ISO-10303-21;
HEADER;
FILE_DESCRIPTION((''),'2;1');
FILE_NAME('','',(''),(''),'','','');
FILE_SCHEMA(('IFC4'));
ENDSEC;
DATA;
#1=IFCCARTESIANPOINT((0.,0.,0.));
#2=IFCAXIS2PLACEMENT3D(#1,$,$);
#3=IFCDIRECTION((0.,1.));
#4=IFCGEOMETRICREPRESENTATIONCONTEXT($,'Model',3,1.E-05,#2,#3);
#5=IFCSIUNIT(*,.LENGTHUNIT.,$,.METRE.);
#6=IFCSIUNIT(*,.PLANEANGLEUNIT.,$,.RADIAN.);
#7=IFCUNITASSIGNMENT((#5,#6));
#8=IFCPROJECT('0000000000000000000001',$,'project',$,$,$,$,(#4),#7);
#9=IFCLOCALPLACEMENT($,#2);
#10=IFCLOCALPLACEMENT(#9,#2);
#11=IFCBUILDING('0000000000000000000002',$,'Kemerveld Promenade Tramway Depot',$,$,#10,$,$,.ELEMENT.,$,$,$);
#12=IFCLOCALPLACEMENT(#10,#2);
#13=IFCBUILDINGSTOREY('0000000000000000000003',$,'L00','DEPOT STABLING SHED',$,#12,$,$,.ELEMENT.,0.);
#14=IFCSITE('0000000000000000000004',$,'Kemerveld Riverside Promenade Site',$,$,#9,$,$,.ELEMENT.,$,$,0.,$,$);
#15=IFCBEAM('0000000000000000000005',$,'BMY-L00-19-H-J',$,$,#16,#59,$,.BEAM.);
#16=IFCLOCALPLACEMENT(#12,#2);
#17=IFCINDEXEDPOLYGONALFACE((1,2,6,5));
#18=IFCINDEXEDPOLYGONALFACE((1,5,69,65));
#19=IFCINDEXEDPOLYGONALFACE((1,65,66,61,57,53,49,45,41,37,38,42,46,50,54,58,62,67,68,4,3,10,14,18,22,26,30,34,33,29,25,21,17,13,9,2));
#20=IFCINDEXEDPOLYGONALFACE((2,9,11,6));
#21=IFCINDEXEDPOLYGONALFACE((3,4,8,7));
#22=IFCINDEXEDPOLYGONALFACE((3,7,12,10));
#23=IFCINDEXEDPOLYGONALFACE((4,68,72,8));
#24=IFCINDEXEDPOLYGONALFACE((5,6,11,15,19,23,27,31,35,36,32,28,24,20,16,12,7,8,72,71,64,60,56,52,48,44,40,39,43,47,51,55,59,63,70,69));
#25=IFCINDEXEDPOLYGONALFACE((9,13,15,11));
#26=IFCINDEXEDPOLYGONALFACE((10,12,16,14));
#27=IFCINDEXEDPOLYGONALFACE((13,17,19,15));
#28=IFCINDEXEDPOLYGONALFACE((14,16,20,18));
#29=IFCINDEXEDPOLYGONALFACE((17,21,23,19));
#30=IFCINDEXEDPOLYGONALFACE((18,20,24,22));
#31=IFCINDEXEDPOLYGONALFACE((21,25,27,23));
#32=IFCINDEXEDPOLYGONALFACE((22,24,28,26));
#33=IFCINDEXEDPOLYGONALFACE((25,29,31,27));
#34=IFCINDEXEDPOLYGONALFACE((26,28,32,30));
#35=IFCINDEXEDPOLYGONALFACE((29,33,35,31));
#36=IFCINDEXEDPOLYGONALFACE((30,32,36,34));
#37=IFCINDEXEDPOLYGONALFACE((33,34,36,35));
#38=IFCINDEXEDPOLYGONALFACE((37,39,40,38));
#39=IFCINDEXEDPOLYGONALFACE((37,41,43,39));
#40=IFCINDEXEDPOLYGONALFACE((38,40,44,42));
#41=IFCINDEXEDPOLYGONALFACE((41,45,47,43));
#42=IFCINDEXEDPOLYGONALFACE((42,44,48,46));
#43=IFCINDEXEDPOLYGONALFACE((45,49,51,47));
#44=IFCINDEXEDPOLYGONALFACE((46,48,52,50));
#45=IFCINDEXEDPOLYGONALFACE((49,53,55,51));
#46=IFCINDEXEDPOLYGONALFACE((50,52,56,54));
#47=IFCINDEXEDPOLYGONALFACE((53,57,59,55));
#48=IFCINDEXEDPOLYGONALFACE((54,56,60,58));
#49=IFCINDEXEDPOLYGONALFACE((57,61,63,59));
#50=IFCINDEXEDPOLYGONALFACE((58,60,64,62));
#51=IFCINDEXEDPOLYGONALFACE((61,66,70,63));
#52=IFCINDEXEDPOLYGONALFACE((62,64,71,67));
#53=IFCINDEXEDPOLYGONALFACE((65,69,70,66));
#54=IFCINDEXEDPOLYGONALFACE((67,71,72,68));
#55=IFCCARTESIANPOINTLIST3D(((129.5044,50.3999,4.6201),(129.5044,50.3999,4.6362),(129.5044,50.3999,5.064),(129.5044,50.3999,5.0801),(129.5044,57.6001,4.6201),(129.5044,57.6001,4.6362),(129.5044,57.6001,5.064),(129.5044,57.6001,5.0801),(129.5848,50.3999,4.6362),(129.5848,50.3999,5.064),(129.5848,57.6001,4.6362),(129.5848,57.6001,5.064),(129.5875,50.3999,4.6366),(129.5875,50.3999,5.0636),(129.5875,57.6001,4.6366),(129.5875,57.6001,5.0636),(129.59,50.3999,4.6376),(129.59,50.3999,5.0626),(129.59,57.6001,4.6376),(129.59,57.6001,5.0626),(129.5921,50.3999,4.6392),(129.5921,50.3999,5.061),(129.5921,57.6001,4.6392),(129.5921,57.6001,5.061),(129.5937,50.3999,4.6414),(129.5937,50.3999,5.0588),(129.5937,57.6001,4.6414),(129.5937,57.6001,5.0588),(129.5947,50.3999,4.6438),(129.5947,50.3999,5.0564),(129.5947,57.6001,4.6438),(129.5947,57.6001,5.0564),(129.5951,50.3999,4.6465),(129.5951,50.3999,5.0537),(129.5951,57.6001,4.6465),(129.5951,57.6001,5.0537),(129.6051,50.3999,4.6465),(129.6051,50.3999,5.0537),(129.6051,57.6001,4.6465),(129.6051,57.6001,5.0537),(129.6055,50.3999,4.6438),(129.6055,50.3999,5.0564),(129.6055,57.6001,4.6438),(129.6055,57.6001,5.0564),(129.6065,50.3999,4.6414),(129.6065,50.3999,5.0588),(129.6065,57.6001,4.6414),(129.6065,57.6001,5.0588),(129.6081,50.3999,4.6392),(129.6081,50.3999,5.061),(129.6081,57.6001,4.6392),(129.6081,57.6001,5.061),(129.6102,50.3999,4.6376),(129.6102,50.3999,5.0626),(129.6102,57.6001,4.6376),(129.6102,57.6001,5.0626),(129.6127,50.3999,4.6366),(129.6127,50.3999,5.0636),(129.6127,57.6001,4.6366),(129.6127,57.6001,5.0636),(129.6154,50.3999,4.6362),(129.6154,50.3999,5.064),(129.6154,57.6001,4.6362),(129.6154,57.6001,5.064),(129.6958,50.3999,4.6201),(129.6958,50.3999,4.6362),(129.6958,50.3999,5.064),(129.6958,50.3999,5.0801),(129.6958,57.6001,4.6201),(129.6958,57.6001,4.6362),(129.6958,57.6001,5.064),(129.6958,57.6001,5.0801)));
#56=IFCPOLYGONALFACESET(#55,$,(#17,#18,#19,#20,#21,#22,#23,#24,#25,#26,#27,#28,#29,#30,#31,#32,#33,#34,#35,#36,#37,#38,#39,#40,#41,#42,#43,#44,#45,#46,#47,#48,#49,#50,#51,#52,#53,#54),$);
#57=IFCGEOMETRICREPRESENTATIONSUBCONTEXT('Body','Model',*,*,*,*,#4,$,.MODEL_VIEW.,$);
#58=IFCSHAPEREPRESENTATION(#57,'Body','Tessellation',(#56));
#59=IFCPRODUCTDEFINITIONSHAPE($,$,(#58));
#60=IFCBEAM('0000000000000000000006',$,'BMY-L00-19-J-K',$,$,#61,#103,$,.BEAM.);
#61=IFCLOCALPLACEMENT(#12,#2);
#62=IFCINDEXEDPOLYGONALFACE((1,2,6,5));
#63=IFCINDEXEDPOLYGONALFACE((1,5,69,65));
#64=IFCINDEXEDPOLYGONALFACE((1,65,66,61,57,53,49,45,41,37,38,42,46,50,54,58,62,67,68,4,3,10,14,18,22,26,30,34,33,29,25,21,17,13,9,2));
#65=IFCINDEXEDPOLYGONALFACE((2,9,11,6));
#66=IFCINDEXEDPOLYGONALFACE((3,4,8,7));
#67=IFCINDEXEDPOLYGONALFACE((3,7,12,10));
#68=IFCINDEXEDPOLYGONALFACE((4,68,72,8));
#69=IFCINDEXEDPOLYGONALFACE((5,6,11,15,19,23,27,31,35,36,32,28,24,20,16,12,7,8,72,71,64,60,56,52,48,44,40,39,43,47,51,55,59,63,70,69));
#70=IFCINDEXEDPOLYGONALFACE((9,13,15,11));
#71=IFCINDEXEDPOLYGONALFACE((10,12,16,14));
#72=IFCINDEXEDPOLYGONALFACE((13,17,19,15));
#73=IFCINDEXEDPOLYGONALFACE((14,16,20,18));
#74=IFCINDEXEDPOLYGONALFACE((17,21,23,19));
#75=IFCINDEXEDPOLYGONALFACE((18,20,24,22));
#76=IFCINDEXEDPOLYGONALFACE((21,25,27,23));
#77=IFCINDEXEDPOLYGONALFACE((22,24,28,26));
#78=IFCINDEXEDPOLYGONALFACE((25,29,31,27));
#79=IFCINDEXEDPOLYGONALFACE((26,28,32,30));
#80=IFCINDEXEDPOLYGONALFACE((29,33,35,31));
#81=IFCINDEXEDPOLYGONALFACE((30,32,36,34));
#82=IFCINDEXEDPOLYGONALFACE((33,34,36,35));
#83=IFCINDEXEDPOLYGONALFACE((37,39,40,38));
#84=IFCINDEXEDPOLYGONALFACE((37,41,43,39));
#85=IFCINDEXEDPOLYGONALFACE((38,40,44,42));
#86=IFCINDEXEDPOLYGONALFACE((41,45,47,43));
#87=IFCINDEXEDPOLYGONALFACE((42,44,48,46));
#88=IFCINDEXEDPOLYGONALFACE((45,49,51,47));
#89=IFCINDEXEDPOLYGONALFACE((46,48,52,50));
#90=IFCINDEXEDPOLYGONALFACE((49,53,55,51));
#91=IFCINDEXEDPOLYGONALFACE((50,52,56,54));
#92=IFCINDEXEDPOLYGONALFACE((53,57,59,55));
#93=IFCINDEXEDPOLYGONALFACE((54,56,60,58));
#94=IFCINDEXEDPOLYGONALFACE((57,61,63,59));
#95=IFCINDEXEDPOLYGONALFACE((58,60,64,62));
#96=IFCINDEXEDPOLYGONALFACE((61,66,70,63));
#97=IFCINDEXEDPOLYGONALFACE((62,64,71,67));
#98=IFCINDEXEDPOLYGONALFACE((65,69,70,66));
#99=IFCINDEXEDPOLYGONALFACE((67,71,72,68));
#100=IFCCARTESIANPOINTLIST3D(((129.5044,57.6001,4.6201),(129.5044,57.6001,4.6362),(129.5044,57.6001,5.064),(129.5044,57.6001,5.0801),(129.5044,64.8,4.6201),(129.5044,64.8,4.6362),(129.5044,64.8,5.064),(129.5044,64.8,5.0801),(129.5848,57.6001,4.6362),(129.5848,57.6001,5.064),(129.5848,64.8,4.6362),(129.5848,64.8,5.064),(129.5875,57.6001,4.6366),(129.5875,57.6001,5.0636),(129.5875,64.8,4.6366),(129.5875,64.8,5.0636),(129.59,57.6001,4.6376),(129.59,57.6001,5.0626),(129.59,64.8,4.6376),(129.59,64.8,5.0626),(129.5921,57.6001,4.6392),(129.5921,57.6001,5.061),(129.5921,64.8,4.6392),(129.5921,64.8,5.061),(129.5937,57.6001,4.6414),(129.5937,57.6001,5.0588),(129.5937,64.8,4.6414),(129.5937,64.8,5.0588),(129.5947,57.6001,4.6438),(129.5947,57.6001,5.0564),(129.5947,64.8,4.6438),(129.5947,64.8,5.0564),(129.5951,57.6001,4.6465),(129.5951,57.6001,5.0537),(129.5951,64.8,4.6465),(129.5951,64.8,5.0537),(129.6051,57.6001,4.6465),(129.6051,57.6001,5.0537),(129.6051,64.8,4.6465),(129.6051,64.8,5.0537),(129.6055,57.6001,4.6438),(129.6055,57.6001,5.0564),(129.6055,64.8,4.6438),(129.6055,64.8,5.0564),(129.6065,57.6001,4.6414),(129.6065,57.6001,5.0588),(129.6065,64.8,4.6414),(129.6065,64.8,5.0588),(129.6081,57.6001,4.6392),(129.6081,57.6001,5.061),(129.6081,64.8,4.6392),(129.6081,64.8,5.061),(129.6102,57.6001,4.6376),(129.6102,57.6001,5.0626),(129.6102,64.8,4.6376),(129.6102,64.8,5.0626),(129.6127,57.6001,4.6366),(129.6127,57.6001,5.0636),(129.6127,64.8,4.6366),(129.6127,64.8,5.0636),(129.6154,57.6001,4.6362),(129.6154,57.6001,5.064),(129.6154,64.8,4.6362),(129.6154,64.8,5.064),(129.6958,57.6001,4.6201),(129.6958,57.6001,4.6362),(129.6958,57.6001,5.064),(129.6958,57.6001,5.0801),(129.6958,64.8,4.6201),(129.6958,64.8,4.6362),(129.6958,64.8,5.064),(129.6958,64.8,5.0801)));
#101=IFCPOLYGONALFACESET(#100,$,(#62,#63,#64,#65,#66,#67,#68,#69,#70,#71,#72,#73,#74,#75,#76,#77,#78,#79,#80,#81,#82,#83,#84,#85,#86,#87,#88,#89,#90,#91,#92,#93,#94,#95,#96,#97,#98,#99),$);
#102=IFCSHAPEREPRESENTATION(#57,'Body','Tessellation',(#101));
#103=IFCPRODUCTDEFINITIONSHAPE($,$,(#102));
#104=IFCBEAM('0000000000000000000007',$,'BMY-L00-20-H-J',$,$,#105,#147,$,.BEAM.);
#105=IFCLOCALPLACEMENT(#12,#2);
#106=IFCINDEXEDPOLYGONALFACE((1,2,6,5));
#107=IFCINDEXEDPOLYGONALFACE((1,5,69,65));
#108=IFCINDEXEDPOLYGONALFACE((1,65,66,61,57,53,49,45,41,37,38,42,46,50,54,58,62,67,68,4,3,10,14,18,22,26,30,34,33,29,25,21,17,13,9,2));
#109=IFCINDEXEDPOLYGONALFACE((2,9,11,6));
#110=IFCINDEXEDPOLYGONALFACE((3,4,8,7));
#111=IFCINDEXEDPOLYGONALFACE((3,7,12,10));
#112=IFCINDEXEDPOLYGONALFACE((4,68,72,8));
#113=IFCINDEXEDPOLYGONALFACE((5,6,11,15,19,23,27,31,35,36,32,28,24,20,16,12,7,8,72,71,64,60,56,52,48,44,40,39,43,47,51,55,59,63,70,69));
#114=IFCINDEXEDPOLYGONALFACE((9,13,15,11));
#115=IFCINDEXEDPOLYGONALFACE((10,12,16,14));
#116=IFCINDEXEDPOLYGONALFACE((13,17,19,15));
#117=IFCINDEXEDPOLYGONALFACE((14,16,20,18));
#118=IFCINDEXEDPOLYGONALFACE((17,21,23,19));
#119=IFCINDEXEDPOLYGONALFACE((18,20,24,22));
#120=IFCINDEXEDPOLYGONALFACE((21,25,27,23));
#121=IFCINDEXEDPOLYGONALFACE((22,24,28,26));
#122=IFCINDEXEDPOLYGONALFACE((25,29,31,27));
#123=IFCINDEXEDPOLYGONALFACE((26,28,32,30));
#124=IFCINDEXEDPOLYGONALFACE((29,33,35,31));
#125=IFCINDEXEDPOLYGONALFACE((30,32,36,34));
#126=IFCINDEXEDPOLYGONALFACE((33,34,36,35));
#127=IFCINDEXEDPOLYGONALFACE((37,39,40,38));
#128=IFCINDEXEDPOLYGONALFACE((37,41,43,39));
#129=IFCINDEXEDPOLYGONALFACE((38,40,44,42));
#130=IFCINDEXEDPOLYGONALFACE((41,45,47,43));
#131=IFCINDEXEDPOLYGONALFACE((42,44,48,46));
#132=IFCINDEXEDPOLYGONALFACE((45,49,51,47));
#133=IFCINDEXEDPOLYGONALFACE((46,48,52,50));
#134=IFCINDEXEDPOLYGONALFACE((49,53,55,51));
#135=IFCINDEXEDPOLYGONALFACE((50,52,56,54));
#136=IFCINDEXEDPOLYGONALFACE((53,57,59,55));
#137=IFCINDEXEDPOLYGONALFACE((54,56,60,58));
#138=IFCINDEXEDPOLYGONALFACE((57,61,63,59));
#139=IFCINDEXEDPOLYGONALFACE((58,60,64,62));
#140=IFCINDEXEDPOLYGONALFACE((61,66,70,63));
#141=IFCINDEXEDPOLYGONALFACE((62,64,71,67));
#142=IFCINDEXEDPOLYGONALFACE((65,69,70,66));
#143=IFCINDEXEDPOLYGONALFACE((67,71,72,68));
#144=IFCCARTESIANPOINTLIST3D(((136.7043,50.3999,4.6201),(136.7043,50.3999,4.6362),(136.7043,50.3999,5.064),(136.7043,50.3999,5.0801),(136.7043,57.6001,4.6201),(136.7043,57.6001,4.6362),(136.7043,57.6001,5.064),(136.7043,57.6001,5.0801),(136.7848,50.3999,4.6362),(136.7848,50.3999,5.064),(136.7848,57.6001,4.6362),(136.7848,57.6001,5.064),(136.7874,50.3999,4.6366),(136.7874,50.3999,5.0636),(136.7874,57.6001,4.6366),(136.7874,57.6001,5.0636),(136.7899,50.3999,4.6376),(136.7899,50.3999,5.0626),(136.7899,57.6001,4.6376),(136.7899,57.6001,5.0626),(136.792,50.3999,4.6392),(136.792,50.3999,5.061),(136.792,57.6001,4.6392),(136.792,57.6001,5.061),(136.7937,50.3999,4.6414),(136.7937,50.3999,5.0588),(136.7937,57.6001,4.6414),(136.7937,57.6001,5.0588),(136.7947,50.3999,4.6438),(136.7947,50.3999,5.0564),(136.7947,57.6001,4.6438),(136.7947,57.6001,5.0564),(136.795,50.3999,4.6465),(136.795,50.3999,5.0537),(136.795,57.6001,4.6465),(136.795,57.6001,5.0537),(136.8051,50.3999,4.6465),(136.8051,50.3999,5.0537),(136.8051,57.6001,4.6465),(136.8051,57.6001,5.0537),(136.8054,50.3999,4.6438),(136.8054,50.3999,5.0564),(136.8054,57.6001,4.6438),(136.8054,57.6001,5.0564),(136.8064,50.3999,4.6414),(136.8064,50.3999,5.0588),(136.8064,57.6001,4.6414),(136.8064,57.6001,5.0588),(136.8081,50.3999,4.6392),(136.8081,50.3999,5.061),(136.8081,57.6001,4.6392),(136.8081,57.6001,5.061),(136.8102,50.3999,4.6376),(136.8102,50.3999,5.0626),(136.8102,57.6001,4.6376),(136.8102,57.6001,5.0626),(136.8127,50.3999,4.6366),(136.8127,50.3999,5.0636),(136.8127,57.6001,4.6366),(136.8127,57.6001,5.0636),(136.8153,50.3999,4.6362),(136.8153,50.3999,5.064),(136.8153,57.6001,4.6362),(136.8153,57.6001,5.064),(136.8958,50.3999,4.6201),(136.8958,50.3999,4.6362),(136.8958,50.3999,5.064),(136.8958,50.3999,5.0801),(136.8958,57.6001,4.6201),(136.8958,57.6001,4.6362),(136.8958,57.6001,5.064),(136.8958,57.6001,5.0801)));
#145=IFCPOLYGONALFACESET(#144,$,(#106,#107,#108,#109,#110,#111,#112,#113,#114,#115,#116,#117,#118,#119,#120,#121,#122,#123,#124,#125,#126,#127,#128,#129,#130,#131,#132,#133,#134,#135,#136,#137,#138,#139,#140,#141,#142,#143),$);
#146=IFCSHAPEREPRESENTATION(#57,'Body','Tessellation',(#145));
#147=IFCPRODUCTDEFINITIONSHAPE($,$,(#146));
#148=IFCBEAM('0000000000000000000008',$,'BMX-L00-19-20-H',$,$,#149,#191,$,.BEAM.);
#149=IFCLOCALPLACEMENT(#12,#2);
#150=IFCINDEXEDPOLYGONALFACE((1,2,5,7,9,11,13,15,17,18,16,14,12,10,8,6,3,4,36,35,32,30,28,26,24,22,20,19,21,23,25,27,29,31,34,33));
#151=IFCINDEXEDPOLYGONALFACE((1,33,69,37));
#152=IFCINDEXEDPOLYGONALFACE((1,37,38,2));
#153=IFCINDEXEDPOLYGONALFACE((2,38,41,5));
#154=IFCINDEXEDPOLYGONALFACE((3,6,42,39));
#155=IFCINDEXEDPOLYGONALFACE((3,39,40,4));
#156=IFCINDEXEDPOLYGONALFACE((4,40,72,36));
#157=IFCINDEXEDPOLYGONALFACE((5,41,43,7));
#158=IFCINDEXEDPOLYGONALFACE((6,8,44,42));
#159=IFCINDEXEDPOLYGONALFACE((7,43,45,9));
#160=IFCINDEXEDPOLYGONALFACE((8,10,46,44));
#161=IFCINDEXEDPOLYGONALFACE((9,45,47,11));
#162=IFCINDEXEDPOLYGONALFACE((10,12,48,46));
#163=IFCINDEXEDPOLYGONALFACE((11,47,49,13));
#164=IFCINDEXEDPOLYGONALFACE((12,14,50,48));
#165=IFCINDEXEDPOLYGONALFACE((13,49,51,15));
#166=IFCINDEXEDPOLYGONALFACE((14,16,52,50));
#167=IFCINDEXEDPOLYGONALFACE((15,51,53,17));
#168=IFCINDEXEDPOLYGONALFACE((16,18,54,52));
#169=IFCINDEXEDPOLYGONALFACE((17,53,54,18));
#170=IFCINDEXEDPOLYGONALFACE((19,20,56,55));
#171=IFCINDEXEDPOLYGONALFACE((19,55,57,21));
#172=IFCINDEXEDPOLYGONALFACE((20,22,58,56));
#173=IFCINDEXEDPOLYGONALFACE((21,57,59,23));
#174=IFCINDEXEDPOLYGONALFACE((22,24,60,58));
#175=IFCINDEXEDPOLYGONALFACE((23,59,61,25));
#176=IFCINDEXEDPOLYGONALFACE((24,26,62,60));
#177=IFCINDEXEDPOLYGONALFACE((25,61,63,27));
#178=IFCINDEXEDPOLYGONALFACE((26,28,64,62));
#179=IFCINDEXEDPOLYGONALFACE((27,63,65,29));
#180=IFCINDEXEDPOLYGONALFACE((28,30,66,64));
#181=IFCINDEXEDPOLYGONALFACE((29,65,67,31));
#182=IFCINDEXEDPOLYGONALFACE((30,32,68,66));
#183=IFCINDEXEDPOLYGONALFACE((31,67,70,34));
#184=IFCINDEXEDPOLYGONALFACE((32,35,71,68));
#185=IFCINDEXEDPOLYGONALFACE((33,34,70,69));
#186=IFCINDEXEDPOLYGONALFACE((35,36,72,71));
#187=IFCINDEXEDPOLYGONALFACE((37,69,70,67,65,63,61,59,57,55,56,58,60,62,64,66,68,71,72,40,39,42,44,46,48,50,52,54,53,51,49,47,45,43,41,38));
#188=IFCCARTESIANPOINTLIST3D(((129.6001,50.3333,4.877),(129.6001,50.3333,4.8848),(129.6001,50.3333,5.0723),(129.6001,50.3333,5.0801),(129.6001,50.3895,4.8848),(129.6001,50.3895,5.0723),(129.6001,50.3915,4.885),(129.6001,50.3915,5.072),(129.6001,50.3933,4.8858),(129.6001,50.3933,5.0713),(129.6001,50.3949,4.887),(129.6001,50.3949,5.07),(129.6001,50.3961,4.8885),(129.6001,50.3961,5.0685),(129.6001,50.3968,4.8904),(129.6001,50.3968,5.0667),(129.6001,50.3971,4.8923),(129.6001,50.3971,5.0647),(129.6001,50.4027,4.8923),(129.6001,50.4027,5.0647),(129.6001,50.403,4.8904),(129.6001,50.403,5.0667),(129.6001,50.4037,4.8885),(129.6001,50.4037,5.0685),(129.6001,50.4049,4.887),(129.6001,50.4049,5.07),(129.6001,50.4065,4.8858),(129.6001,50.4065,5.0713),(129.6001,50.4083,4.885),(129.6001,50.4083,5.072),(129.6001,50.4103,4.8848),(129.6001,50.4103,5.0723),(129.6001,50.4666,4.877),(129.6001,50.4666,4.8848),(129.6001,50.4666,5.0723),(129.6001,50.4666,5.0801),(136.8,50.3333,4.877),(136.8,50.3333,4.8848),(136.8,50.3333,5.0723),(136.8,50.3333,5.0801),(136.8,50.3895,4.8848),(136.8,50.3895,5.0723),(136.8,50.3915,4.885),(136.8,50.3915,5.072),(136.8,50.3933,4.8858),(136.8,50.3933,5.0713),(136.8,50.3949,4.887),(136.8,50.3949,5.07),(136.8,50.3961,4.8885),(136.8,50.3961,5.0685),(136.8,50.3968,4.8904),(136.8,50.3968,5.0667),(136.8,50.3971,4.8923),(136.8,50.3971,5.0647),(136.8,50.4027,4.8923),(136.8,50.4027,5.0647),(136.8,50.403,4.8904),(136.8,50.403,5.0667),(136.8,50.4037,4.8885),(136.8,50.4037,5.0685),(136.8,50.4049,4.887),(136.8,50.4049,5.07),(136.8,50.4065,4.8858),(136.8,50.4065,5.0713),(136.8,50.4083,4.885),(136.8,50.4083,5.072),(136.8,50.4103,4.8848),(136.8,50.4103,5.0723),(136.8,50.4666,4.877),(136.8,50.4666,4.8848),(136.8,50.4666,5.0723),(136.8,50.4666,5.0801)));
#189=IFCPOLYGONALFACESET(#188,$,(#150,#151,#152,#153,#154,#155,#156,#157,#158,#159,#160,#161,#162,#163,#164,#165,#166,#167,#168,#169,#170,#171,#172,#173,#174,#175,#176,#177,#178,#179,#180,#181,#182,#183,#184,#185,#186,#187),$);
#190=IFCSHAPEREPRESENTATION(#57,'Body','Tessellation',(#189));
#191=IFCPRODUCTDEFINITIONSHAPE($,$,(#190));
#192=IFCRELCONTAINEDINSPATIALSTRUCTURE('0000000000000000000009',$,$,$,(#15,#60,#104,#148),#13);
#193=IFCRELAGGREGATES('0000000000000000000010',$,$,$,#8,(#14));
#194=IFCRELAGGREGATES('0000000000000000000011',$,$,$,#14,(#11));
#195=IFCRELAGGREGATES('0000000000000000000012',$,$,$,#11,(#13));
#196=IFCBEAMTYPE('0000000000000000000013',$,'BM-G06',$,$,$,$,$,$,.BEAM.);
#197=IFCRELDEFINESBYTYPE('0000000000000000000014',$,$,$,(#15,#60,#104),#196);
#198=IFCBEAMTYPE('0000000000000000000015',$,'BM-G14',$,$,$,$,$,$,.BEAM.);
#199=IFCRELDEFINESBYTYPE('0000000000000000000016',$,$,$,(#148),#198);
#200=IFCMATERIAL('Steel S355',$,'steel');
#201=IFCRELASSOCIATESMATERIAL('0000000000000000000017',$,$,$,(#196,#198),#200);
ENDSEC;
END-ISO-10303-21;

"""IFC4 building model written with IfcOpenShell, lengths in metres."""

from ifc_helpers import new_model, si_unit, direction, frame, origin, origin_2d, place, context, subcontext, project, spatial, i_section, extrude, material, material_profile, profile_set, type_object, element, save


model = new_model("IFC4")

# Units and contexts
model_context = context("Model", 3, precision=1e-05, world=origin(), true_north=direction((0.0, 1.0)))
body_context = subcontext(model_context, "Body", "Model", "MODEL_VIEW")
ifc_project = project(units=[si_unit("LENGTHUNIT", "METRE"), si_unit("PLANEANGLEUNIT", "RADIAN")], contexts=[model_context])

# Site, building, storey
site_placement = place(None, origin())
site = spatial("IfcSite", under=ifc_project, at=site_placement, Name="Kemerveld Riverside Promenade Site", CompositionType="ELEMENT", RefElevation=0.0)
building_placement = place(site_placement, origin())
building = spatial("IfcBuilding", under=site, at=building_placement, Name="Kemerveld Promenade Tramway Depot", CompositionType="ELEMENT")
storey_placement = place(building_placement, origin())
storey = spatial("IfcBuildingStorey", under=building, at=storey_placement, Name="L00", Description="DEPOT STABLING SHED", CompositionType="ELEMENT", Elevation=0.0)

# Beams
ifc_material_1 = material(Name="Steel S355", Category="steel")
ifc_material_profile_1 = material_profile(ifc_material_1, i_section(OverallWidth=0.1914, OverallDepth=0.46, WebThickness=0.01, FlangeThickness=0.0161, FilletRadius=0.0103, at=origin_2d()), Name="457x191x82 UB")
ifc_profile_set_1 = profile_set([ifc_material_profile_1], Name="Steel S355")
beam_type_1 = type_object("IfcBeamType", Name="BM-G06", PredefinedType="BEAM", material=ifc_profile_set_1)
beam_1_placement = place(storey_placement, frame((129.6001, 50.3999, 4.8501), z_axis=(0.0, 1.0, 0.0), x_axis=(-1.0, 0.0, 0.0)))
element("IfcBeam", 1, at=beam_1_placement, inside=storey, type_object=beam_type_1, Name="BMY-L00-19-H-J", PredefinedType="BEAM", context=body_context, shape_type="SweptSolid", body=[
    extrude(i_section(OverallWidth=0.1914, OverallDepth=0.46, WebThickness=0.01, FlangeThickness=0.0161, FilletRadius=0.0103, at=origin_2d()), origin(), (0.0, 0.0, 1.0), 7.2002),
])
beam_2_placement = place(storey_placement, frame((129.6001, 57.6001, 4.8501), z_axis=(0.0, 1.0, 0.0), x_axis=(-1.0, 0.0, 0.0)))
element("IfcBeam", 2, at=beam_2_placement, inside=storey, type_object=beam_type_1, Name="BMY-L00-19-J-K", PredefinedType="BEAM", context=body_context, shape_type="SweptSolid", body=[
    extrude(i_section(OverallWidth=0.1914, OverallDepth=0.46, WebThickness=0.01, FlangeThickness=0.0161, FilletRadius=0.0103, at=origin_2d()), origin(), (0.0, 0.0, 1.0), 7.2),
])
beam_3_placement = place(storey_placement, frame((136.8, 50.3999, 4.8501), z_axis=(0.0, 1.0, 0.0), x_axis=(-1.0, 0.0, 0.0)))
element("IfcBeam", 3, at=beam_3_placement, inside=storey, type_object=beam_type_1, Name="BMY-L00-20-H-J", PredefinedType="BEAM", context=body_context, shape_type="SweptSolid", body=[
    extrude(i_section(OverallWidth=0.1914, OverallDepth=0.46, WebThickness=0.01, FlangeThickness=0.0161, FilletRadius=0.0103, at=origin_2d()), origin(), (0.0, 0.0, 1.0), 7.2002),
])
ifc_material_profile_2 = material_profile(ifc_material_1, i_section(OverallWidth=0.1333, OverallDepth=0.2031, WebThickness=0.0056, FlangeThickness=0.0078, FilletRadius=0.0076, at=origin_2d()), Name="203x133x25 UB")
ifc_profile_set_2 = profile_set([ifc_material_profile_2], Name="Steel S355")
beam_type_2 = type_object("IfcBeamType", Name="BM-G14", PredefinedType="BEAM", material=ifc_profile_set_2)
beam_4_placement = place(storey_placement, frame((129.6001, 50.3999, 4.9785), z_axis=(1.0, 0.0, 0.0), x_axis=(0.0, 1.0, 0.0)))
element("IfcBeam", 4, at=beam_4_placement, inside=storey, type_object=beam_type_2, Name="BMX-L00-19-20-H", PredefinedType="BEAM", context=body_context, shape_type="SweptSolid", body=[
    extrude(i_section(OverallWidth=0.1333, OverallDepth=0.2031, WebThickness=0.0056, FlangeThickness=0.0078, FilletRadius=0.0076, at=origin_2d()), origin(), (0.0, 0.0, 1.0), 7.2),
])

save(model, "model.ifc")
